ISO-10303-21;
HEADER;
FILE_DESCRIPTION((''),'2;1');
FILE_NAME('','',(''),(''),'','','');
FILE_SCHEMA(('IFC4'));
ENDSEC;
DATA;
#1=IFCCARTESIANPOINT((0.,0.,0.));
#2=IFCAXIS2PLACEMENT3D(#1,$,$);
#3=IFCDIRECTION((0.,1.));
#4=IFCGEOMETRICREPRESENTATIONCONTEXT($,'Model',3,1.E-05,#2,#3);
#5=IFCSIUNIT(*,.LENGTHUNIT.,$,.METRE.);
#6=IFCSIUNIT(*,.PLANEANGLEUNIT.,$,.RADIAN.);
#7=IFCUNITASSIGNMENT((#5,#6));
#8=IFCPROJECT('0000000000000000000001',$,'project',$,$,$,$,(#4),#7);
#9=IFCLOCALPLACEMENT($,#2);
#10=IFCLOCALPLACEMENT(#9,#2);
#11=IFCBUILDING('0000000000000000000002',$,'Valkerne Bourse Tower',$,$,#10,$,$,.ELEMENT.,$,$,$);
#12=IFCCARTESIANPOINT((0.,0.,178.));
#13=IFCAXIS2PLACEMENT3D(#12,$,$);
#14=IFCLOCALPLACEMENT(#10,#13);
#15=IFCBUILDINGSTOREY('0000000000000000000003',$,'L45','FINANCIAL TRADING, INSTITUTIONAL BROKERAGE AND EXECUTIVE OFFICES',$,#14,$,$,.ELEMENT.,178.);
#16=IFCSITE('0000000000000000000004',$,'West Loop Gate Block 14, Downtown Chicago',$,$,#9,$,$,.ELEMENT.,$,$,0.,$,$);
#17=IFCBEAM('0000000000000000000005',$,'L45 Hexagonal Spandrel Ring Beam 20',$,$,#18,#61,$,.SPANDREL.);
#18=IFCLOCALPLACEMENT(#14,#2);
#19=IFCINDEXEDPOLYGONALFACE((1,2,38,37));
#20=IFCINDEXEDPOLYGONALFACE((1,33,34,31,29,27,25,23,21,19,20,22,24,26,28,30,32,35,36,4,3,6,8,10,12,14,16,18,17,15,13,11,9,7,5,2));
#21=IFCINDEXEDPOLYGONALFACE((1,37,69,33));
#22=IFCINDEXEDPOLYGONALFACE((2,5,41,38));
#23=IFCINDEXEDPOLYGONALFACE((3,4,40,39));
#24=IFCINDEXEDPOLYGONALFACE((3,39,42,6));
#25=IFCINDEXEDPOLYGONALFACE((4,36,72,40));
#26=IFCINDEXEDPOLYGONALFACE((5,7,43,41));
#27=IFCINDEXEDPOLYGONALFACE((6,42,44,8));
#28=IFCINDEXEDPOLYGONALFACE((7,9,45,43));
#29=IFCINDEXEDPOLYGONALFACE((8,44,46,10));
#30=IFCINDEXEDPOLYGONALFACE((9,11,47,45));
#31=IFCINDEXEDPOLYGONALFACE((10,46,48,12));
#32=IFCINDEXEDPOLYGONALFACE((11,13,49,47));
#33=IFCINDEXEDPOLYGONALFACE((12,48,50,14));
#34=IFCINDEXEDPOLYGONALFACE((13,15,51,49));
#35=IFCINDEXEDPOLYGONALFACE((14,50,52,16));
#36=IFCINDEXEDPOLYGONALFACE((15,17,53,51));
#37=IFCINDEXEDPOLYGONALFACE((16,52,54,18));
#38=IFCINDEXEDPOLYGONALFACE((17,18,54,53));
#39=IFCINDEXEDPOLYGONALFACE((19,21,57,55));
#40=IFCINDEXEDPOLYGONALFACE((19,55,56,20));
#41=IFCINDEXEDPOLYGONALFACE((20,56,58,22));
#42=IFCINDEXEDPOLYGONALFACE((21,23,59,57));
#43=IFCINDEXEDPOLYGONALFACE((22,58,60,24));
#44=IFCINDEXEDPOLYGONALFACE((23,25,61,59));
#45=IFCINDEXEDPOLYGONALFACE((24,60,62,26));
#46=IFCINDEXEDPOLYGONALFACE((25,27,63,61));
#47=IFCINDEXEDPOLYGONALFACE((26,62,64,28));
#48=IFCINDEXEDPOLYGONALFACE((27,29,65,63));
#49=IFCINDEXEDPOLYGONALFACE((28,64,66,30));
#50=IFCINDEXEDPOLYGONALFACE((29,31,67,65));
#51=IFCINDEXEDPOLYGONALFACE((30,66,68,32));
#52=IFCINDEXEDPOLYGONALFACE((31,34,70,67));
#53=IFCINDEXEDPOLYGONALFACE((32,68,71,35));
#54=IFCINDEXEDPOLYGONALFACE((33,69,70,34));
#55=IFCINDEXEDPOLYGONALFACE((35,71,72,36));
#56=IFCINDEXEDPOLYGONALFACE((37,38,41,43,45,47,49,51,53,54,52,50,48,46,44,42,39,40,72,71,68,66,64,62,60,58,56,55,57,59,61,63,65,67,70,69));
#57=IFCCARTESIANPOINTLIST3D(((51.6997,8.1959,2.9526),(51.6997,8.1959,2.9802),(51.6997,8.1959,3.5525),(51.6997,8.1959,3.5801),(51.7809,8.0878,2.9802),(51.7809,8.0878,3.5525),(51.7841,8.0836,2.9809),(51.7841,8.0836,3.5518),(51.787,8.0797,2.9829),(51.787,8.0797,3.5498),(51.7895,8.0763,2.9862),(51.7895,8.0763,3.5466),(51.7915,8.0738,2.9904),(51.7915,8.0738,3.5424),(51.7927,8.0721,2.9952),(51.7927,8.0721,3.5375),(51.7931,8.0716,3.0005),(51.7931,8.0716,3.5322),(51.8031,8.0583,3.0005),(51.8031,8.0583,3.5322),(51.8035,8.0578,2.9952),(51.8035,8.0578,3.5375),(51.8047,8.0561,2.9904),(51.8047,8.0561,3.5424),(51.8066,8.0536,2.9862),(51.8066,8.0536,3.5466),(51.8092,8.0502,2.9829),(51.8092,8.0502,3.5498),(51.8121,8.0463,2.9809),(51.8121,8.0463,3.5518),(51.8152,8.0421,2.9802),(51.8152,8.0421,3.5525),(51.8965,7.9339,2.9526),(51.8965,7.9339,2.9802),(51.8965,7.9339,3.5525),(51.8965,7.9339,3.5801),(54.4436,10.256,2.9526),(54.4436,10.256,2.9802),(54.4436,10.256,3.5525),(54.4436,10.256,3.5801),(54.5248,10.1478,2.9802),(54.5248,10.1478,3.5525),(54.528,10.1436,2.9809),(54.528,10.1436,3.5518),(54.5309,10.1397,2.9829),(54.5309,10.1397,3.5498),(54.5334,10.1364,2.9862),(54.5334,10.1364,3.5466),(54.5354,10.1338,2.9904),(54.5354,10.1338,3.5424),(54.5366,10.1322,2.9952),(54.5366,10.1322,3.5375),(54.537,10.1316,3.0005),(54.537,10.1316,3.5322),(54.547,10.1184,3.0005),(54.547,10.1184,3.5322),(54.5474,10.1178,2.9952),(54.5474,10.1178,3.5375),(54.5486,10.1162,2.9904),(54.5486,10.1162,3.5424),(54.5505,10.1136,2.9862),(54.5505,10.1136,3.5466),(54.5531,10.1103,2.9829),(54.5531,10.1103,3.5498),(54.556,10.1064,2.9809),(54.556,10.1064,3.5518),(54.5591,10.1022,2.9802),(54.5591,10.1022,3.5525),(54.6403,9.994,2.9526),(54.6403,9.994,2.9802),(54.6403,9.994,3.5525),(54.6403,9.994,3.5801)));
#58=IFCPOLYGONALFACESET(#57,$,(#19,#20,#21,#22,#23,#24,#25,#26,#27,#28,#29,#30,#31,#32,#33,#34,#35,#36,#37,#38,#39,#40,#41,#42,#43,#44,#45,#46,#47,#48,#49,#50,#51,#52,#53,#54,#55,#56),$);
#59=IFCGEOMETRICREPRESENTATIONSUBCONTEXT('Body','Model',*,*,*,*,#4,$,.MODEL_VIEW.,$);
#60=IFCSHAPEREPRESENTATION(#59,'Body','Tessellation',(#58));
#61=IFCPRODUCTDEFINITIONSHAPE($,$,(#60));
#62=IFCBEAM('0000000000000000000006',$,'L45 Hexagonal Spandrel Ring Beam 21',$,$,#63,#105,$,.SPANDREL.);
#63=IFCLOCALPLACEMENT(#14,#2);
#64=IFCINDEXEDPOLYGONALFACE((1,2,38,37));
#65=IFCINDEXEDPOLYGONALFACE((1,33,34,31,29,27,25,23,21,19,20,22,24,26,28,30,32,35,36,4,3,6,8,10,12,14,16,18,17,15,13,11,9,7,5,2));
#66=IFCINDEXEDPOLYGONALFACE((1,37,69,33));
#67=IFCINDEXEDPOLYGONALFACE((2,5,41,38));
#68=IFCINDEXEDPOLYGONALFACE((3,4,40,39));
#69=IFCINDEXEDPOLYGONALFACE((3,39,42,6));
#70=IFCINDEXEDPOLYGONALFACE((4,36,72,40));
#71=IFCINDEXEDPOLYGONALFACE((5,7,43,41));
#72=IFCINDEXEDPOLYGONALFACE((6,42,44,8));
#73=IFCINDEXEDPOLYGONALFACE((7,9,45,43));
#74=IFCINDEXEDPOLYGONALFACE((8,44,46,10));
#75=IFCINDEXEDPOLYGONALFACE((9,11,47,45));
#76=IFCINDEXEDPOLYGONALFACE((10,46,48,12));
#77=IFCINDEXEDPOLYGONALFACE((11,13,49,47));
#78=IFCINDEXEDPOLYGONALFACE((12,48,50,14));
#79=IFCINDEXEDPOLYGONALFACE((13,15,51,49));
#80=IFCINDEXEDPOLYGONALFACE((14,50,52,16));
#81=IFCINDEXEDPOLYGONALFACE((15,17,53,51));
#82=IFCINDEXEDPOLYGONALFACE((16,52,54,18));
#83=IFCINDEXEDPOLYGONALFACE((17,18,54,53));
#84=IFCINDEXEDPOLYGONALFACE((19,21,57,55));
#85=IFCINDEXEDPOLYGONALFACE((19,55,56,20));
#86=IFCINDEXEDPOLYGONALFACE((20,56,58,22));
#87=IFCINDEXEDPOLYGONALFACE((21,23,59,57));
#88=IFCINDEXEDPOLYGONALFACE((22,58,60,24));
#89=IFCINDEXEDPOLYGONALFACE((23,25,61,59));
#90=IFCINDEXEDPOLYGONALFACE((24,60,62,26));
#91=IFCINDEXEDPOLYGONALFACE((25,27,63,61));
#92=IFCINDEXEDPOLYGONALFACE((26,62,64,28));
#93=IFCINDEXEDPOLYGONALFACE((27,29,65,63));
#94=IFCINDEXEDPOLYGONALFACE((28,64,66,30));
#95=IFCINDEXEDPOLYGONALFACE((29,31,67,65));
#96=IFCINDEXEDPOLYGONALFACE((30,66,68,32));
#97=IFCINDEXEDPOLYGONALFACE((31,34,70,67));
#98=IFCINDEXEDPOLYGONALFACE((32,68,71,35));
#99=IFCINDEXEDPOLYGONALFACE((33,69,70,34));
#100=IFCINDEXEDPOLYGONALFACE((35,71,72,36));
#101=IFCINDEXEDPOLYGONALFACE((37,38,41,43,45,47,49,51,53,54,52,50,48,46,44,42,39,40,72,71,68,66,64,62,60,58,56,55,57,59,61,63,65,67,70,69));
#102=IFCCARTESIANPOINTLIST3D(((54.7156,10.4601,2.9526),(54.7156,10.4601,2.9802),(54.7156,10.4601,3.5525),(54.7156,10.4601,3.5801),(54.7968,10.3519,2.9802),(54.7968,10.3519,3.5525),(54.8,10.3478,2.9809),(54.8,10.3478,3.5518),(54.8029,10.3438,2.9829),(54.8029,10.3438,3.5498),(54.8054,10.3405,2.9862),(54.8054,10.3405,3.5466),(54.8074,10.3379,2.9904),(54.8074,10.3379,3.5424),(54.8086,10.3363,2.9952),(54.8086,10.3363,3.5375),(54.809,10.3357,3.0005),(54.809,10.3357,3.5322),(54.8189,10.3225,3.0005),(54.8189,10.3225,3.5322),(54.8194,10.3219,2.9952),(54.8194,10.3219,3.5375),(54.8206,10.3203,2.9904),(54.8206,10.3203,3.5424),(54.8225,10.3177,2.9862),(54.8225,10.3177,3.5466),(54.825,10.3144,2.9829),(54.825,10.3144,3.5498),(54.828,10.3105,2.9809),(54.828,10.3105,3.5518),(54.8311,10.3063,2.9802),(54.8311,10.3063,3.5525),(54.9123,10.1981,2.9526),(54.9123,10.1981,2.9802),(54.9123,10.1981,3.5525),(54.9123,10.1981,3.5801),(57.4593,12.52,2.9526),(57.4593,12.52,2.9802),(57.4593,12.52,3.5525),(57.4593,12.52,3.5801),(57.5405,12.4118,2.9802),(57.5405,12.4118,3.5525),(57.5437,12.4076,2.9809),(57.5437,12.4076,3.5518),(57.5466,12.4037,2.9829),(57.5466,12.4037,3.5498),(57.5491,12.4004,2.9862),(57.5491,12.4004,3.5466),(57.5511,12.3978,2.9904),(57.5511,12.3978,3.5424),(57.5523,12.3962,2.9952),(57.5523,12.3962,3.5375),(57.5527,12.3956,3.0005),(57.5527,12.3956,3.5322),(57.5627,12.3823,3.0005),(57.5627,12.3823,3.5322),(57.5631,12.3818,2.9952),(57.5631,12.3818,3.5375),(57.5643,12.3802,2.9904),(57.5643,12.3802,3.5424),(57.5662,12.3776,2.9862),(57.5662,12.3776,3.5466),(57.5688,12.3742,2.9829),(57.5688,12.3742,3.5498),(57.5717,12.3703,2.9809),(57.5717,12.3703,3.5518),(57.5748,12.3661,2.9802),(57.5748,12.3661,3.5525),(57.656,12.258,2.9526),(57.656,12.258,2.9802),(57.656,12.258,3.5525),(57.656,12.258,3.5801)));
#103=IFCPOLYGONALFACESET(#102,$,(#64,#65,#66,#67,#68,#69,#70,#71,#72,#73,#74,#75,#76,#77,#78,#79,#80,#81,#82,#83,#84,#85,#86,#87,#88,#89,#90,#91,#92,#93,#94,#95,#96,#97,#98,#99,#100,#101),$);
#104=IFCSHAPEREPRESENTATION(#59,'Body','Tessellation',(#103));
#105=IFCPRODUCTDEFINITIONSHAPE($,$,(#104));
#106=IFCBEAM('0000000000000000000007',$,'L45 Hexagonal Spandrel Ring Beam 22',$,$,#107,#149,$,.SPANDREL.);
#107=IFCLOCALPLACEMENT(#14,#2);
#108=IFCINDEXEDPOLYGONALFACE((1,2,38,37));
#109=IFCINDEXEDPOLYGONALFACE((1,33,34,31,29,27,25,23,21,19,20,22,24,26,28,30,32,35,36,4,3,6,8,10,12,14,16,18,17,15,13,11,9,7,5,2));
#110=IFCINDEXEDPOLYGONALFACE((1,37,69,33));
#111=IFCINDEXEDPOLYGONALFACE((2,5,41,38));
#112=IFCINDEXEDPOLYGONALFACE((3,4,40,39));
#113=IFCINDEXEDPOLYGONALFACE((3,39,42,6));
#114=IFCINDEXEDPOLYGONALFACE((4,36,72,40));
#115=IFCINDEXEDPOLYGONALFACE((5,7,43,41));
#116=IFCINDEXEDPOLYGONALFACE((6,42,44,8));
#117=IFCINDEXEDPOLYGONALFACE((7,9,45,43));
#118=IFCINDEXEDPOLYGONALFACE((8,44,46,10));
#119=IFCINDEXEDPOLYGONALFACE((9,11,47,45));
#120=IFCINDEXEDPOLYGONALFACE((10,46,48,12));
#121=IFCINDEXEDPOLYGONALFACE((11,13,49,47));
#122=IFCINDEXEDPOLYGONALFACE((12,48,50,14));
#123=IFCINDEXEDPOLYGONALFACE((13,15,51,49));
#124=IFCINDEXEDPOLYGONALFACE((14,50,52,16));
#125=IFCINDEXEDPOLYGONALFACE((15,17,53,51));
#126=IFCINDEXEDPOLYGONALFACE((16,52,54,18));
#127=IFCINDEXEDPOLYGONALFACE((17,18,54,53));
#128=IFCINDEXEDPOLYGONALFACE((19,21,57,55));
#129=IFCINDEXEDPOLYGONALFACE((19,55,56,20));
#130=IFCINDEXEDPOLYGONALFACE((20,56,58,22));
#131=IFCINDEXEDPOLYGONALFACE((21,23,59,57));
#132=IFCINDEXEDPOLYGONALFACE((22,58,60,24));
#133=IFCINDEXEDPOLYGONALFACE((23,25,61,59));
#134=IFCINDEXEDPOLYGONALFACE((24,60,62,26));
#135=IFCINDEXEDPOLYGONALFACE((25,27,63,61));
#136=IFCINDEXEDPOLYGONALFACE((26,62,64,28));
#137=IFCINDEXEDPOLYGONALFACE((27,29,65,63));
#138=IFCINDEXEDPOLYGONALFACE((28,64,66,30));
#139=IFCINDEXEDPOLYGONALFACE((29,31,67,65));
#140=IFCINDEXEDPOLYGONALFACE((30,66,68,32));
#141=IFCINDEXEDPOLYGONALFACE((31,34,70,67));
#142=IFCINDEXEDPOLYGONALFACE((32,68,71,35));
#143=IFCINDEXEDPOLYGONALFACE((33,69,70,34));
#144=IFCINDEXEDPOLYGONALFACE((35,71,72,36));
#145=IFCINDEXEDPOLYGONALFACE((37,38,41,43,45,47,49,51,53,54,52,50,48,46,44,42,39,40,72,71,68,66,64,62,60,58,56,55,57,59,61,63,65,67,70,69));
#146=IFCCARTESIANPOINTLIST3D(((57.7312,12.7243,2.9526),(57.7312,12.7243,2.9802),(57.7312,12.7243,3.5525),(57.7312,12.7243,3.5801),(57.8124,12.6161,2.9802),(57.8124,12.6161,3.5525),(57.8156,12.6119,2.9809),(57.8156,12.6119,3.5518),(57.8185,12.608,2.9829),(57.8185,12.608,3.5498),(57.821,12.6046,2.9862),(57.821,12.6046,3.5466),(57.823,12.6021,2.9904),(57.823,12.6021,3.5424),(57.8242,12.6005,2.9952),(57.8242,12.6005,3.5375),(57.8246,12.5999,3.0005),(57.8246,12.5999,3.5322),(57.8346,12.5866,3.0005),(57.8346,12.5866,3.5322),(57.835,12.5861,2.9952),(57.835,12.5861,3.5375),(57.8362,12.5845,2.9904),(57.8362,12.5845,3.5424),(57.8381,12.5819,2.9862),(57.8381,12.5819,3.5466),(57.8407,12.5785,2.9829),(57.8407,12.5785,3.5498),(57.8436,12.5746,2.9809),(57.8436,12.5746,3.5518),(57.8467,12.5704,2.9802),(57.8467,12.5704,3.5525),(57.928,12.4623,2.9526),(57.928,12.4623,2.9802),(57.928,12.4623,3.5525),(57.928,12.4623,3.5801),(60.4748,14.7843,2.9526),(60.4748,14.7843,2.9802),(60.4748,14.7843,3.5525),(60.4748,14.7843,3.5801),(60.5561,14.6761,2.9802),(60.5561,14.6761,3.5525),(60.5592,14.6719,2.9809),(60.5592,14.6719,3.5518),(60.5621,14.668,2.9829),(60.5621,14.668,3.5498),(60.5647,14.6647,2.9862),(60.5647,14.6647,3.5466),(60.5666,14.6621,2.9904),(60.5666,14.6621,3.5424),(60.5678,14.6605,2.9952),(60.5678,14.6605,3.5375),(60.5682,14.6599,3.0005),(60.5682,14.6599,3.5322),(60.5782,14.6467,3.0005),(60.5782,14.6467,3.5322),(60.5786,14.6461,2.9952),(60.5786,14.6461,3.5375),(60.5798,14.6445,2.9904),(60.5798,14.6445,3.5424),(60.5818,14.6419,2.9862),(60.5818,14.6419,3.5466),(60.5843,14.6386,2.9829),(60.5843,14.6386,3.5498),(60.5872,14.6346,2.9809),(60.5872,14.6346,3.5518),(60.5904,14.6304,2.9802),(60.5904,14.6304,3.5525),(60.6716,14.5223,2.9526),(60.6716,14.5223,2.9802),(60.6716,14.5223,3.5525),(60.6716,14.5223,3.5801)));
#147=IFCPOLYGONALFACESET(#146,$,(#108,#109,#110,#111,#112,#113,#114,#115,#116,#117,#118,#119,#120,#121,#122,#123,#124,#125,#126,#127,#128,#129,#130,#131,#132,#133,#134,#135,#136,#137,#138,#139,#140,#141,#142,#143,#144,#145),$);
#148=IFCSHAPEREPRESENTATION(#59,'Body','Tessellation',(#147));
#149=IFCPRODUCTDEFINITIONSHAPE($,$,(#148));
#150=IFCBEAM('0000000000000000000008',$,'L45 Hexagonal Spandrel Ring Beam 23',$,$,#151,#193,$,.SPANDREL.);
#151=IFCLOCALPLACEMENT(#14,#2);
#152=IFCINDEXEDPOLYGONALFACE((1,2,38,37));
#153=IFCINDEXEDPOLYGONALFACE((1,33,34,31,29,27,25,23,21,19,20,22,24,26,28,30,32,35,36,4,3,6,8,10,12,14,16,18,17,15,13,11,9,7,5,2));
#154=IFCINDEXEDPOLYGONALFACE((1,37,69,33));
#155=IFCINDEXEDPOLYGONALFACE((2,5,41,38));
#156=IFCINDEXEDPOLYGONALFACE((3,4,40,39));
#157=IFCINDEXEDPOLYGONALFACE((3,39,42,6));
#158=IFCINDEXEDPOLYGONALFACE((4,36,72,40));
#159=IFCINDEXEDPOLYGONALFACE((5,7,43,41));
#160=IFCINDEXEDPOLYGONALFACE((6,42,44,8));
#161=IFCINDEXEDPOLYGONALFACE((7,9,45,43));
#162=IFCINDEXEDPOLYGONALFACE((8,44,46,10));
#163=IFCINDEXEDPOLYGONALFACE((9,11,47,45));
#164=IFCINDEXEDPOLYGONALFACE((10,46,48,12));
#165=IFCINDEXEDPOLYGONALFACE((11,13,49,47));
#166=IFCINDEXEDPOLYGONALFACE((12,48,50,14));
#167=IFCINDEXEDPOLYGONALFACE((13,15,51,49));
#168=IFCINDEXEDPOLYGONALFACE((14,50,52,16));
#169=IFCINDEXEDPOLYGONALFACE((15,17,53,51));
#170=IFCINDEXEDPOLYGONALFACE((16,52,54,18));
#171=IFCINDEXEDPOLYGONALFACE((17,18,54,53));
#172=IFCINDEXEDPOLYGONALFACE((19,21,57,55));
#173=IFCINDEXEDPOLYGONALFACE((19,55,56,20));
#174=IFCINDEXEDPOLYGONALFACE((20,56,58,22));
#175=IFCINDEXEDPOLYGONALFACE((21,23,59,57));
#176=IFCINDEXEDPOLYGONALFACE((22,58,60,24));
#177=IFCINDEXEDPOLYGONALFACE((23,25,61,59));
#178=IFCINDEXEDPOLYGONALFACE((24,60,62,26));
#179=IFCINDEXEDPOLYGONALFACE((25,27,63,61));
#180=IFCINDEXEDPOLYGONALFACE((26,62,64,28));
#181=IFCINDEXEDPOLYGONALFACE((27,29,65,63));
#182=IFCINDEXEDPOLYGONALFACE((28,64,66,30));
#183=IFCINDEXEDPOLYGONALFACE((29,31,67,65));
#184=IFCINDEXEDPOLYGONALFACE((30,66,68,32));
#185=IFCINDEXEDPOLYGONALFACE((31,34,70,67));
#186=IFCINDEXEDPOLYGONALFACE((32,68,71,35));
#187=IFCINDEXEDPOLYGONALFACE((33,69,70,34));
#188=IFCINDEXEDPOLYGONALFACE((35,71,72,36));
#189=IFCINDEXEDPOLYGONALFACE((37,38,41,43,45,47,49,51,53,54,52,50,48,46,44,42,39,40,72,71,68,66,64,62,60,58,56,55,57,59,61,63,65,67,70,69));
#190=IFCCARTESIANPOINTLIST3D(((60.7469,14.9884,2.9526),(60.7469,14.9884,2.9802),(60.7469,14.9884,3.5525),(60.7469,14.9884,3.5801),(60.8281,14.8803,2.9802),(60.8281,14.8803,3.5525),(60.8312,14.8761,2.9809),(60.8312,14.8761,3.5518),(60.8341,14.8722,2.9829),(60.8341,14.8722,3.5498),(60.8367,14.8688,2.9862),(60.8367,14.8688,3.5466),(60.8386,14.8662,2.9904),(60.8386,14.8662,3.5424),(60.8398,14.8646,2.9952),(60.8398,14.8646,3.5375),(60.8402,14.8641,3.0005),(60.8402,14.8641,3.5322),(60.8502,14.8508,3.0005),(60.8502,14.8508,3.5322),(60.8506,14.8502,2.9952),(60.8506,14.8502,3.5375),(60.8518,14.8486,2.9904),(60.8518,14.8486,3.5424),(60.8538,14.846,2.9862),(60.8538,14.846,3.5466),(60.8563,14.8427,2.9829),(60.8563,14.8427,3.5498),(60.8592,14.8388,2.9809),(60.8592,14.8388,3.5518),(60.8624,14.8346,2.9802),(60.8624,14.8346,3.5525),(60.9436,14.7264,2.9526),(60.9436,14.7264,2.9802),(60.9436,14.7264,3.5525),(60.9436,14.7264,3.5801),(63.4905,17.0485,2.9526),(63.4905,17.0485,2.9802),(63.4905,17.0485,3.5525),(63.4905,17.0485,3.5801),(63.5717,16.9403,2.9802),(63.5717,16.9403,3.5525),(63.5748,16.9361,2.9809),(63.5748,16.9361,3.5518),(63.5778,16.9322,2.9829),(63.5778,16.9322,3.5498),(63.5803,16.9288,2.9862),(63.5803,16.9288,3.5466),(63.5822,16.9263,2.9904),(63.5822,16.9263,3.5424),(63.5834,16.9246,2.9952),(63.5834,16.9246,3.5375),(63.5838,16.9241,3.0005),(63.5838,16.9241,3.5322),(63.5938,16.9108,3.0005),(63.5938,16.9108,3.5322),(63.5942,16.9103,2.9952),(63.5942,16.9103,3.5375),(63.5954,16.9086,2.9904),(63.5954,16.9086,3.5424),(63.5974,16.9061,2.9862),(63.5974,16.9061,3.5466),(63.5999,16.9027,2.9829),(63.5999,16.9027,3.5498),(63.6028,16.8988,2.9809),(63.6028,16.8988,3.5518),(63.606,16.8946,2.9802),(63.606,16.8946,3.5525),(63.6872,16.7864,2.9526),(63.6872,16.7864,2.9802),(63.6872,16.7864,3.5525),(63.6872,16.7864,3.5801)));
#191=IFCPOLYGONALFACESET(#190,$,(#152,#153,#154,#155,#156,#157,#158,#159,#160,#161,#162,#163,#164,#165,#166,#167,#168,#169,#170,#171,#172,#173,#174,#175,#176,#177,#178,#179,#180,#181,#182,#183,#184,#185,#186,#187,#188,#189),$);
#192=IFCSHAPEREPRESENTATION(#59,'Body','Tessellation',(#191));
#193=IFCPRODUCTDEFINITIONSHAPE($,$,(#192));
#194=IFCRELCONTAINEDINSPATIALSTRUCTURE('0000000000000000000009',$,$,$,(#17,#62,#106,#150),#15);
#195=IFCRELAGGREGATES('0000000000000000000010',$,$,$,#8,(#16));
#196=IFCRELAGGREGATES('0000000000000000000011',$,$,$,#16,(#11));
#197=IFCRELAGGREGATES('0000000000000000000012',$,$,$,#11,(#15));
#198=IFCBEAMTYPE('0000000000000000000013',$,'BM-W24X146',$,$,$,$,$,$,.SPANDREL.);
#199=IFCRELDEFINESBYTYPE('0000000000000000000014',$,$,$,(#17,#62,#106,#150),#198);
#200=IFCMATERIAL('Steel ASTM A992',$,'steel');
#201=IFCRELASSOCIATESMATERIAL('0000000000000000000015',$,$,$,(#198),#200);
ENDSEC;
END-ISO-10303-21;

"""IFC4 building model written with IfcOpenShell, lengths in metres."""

from ifc_helpers import new_model, si_unit, direction, frame, origin, origin_2d, place, context, subcontext, project, spatial, i_section, extrude, material, material_profile, profile_set, type_object, element, save


model = new_model("IFC4")

# Units and contexts
model_context = context("Model", 3, precision=1e-05, world=origin(), true_north=direction((0.0, 1.0)))
body_context = subcontext(model_context, "Body", "Model", "MODEL_VIEW")
ifc_project = project(units=[si_unit("LENGTHUNIT", "METRE"), si_unit("PLANEANGLEUNIT", "RADIAN")], contexts=[model_context])

# Site, building, storey
site_placement = place(None, origin())
site = spatial("IfcSite", under=ifc_project, at=site_placement, Name="West Loop Gate Block 14, Downtown Chicago", CompositionType="ELEMENT", RefElevation=0.0)
building_placement = place(site_placement, origin())
building = spatial("IfcBuilding", under=site, at=building_placement, Name="Valkerne Bourse Tower", CompositionType="ELEMENT")
storey_placement = place(building_placement, frame((0.0, 0.0, 178.0)))
storey = spatial("IfcBuildingStorey", under=building, at=storey_placement, Name="L45", Description="FINANCIAL TRADING, INSTITUTIONAL BROKERAGE AND EXECUTIVE OFFICES", CompositionType="ELEMENT", Elevation=178.0)

# Beams
ifc_material_1 = material(Name="Steel ASTM A992", Category="steel")
ifc_material_profile_1 = material_profile(ifc_material_1, i_section(OverallWidth=0.3276, OverallDepth=0.6274, WebThickness=0.0166, FlangeThickness=0.0276, FilletRadius=0.0203, at=origin_2d()), Name="W24X146")
ifc_profile_set_1 = profile_set([ifc_material_profile_1], Name="Steel ASTM A992")
beam_type = type_object("IfcBeamType", Name="BM-W24X146", PredefinedType="SPANDREL", material=ifc_profile_set_1)
beam_1_placement = place(storey_placement, frame((51.7981, 8.0649, 3.2664), z_axis=(0.799701, 0.600398, 0.0), x_axis=(-0.600398, 0.799701, 0.0)))
element("IfcBeam", 1, at=beam_1_placement, inside=storey, type_object=beam_type, Name="L45 Hexagonal Spandrel Ring Beam 20", PredefinedType="SPANDREL", context=body_context, shape_type="SweptSolid", body=[
    extrude(i_section(OverallWidth=0.3276, OverallDepth=0.6274, WebThickness=0.0166, FlangeThickness=0.0276, FilletRadius=0.0203, at=origin_2d()), origin(), (0.0, 0.0, 1.0), 3.4312),
])
for number, where, z_axis, x_axis, name in (
    (2, (54.814, 10.3291, 3.2664), (0.79971, 0.600387, 0.0), (-0.600387, 0.79971, 0.0), "L45 Hexagonal Spandrel Ring Beam 21"),
    (3, (57.8296, 12.5933, 3.2664), (0.799675, 0.600433, 0.0), (-0.600433, 0.799675, 0.0), "L45 Hexagonal Spandrel Ring Beam 22"),
    (4, (60.8452, 14.8574, 3.2664), (0.799675, 0.600433, 0.0), (-0.600433, 0.799675, 0.0), "L45 Hexagonal Spandrel Ring Beam 23"),
):
    element("IfcBeam", number, at=place(storey_placement, frame(where, z_axis=z_axis, x_axis=x_axis)), inside=storey, type_object=beam_type, Name=name, PredefinedType="SPANDREL", context=body_context, shape_type="SweptSolid", body=[
        extrude(i_section(OverallWidth=0.3276, OverallDepth=0.6274, WebThickness=0.0166, FlangeThickness=0.0276, FilletRadius=0.0203, at=origin_2d()), origin(), (0.0, 0.0, 1.0), 3.4309),
    ])

save(model, "model.ifc")
